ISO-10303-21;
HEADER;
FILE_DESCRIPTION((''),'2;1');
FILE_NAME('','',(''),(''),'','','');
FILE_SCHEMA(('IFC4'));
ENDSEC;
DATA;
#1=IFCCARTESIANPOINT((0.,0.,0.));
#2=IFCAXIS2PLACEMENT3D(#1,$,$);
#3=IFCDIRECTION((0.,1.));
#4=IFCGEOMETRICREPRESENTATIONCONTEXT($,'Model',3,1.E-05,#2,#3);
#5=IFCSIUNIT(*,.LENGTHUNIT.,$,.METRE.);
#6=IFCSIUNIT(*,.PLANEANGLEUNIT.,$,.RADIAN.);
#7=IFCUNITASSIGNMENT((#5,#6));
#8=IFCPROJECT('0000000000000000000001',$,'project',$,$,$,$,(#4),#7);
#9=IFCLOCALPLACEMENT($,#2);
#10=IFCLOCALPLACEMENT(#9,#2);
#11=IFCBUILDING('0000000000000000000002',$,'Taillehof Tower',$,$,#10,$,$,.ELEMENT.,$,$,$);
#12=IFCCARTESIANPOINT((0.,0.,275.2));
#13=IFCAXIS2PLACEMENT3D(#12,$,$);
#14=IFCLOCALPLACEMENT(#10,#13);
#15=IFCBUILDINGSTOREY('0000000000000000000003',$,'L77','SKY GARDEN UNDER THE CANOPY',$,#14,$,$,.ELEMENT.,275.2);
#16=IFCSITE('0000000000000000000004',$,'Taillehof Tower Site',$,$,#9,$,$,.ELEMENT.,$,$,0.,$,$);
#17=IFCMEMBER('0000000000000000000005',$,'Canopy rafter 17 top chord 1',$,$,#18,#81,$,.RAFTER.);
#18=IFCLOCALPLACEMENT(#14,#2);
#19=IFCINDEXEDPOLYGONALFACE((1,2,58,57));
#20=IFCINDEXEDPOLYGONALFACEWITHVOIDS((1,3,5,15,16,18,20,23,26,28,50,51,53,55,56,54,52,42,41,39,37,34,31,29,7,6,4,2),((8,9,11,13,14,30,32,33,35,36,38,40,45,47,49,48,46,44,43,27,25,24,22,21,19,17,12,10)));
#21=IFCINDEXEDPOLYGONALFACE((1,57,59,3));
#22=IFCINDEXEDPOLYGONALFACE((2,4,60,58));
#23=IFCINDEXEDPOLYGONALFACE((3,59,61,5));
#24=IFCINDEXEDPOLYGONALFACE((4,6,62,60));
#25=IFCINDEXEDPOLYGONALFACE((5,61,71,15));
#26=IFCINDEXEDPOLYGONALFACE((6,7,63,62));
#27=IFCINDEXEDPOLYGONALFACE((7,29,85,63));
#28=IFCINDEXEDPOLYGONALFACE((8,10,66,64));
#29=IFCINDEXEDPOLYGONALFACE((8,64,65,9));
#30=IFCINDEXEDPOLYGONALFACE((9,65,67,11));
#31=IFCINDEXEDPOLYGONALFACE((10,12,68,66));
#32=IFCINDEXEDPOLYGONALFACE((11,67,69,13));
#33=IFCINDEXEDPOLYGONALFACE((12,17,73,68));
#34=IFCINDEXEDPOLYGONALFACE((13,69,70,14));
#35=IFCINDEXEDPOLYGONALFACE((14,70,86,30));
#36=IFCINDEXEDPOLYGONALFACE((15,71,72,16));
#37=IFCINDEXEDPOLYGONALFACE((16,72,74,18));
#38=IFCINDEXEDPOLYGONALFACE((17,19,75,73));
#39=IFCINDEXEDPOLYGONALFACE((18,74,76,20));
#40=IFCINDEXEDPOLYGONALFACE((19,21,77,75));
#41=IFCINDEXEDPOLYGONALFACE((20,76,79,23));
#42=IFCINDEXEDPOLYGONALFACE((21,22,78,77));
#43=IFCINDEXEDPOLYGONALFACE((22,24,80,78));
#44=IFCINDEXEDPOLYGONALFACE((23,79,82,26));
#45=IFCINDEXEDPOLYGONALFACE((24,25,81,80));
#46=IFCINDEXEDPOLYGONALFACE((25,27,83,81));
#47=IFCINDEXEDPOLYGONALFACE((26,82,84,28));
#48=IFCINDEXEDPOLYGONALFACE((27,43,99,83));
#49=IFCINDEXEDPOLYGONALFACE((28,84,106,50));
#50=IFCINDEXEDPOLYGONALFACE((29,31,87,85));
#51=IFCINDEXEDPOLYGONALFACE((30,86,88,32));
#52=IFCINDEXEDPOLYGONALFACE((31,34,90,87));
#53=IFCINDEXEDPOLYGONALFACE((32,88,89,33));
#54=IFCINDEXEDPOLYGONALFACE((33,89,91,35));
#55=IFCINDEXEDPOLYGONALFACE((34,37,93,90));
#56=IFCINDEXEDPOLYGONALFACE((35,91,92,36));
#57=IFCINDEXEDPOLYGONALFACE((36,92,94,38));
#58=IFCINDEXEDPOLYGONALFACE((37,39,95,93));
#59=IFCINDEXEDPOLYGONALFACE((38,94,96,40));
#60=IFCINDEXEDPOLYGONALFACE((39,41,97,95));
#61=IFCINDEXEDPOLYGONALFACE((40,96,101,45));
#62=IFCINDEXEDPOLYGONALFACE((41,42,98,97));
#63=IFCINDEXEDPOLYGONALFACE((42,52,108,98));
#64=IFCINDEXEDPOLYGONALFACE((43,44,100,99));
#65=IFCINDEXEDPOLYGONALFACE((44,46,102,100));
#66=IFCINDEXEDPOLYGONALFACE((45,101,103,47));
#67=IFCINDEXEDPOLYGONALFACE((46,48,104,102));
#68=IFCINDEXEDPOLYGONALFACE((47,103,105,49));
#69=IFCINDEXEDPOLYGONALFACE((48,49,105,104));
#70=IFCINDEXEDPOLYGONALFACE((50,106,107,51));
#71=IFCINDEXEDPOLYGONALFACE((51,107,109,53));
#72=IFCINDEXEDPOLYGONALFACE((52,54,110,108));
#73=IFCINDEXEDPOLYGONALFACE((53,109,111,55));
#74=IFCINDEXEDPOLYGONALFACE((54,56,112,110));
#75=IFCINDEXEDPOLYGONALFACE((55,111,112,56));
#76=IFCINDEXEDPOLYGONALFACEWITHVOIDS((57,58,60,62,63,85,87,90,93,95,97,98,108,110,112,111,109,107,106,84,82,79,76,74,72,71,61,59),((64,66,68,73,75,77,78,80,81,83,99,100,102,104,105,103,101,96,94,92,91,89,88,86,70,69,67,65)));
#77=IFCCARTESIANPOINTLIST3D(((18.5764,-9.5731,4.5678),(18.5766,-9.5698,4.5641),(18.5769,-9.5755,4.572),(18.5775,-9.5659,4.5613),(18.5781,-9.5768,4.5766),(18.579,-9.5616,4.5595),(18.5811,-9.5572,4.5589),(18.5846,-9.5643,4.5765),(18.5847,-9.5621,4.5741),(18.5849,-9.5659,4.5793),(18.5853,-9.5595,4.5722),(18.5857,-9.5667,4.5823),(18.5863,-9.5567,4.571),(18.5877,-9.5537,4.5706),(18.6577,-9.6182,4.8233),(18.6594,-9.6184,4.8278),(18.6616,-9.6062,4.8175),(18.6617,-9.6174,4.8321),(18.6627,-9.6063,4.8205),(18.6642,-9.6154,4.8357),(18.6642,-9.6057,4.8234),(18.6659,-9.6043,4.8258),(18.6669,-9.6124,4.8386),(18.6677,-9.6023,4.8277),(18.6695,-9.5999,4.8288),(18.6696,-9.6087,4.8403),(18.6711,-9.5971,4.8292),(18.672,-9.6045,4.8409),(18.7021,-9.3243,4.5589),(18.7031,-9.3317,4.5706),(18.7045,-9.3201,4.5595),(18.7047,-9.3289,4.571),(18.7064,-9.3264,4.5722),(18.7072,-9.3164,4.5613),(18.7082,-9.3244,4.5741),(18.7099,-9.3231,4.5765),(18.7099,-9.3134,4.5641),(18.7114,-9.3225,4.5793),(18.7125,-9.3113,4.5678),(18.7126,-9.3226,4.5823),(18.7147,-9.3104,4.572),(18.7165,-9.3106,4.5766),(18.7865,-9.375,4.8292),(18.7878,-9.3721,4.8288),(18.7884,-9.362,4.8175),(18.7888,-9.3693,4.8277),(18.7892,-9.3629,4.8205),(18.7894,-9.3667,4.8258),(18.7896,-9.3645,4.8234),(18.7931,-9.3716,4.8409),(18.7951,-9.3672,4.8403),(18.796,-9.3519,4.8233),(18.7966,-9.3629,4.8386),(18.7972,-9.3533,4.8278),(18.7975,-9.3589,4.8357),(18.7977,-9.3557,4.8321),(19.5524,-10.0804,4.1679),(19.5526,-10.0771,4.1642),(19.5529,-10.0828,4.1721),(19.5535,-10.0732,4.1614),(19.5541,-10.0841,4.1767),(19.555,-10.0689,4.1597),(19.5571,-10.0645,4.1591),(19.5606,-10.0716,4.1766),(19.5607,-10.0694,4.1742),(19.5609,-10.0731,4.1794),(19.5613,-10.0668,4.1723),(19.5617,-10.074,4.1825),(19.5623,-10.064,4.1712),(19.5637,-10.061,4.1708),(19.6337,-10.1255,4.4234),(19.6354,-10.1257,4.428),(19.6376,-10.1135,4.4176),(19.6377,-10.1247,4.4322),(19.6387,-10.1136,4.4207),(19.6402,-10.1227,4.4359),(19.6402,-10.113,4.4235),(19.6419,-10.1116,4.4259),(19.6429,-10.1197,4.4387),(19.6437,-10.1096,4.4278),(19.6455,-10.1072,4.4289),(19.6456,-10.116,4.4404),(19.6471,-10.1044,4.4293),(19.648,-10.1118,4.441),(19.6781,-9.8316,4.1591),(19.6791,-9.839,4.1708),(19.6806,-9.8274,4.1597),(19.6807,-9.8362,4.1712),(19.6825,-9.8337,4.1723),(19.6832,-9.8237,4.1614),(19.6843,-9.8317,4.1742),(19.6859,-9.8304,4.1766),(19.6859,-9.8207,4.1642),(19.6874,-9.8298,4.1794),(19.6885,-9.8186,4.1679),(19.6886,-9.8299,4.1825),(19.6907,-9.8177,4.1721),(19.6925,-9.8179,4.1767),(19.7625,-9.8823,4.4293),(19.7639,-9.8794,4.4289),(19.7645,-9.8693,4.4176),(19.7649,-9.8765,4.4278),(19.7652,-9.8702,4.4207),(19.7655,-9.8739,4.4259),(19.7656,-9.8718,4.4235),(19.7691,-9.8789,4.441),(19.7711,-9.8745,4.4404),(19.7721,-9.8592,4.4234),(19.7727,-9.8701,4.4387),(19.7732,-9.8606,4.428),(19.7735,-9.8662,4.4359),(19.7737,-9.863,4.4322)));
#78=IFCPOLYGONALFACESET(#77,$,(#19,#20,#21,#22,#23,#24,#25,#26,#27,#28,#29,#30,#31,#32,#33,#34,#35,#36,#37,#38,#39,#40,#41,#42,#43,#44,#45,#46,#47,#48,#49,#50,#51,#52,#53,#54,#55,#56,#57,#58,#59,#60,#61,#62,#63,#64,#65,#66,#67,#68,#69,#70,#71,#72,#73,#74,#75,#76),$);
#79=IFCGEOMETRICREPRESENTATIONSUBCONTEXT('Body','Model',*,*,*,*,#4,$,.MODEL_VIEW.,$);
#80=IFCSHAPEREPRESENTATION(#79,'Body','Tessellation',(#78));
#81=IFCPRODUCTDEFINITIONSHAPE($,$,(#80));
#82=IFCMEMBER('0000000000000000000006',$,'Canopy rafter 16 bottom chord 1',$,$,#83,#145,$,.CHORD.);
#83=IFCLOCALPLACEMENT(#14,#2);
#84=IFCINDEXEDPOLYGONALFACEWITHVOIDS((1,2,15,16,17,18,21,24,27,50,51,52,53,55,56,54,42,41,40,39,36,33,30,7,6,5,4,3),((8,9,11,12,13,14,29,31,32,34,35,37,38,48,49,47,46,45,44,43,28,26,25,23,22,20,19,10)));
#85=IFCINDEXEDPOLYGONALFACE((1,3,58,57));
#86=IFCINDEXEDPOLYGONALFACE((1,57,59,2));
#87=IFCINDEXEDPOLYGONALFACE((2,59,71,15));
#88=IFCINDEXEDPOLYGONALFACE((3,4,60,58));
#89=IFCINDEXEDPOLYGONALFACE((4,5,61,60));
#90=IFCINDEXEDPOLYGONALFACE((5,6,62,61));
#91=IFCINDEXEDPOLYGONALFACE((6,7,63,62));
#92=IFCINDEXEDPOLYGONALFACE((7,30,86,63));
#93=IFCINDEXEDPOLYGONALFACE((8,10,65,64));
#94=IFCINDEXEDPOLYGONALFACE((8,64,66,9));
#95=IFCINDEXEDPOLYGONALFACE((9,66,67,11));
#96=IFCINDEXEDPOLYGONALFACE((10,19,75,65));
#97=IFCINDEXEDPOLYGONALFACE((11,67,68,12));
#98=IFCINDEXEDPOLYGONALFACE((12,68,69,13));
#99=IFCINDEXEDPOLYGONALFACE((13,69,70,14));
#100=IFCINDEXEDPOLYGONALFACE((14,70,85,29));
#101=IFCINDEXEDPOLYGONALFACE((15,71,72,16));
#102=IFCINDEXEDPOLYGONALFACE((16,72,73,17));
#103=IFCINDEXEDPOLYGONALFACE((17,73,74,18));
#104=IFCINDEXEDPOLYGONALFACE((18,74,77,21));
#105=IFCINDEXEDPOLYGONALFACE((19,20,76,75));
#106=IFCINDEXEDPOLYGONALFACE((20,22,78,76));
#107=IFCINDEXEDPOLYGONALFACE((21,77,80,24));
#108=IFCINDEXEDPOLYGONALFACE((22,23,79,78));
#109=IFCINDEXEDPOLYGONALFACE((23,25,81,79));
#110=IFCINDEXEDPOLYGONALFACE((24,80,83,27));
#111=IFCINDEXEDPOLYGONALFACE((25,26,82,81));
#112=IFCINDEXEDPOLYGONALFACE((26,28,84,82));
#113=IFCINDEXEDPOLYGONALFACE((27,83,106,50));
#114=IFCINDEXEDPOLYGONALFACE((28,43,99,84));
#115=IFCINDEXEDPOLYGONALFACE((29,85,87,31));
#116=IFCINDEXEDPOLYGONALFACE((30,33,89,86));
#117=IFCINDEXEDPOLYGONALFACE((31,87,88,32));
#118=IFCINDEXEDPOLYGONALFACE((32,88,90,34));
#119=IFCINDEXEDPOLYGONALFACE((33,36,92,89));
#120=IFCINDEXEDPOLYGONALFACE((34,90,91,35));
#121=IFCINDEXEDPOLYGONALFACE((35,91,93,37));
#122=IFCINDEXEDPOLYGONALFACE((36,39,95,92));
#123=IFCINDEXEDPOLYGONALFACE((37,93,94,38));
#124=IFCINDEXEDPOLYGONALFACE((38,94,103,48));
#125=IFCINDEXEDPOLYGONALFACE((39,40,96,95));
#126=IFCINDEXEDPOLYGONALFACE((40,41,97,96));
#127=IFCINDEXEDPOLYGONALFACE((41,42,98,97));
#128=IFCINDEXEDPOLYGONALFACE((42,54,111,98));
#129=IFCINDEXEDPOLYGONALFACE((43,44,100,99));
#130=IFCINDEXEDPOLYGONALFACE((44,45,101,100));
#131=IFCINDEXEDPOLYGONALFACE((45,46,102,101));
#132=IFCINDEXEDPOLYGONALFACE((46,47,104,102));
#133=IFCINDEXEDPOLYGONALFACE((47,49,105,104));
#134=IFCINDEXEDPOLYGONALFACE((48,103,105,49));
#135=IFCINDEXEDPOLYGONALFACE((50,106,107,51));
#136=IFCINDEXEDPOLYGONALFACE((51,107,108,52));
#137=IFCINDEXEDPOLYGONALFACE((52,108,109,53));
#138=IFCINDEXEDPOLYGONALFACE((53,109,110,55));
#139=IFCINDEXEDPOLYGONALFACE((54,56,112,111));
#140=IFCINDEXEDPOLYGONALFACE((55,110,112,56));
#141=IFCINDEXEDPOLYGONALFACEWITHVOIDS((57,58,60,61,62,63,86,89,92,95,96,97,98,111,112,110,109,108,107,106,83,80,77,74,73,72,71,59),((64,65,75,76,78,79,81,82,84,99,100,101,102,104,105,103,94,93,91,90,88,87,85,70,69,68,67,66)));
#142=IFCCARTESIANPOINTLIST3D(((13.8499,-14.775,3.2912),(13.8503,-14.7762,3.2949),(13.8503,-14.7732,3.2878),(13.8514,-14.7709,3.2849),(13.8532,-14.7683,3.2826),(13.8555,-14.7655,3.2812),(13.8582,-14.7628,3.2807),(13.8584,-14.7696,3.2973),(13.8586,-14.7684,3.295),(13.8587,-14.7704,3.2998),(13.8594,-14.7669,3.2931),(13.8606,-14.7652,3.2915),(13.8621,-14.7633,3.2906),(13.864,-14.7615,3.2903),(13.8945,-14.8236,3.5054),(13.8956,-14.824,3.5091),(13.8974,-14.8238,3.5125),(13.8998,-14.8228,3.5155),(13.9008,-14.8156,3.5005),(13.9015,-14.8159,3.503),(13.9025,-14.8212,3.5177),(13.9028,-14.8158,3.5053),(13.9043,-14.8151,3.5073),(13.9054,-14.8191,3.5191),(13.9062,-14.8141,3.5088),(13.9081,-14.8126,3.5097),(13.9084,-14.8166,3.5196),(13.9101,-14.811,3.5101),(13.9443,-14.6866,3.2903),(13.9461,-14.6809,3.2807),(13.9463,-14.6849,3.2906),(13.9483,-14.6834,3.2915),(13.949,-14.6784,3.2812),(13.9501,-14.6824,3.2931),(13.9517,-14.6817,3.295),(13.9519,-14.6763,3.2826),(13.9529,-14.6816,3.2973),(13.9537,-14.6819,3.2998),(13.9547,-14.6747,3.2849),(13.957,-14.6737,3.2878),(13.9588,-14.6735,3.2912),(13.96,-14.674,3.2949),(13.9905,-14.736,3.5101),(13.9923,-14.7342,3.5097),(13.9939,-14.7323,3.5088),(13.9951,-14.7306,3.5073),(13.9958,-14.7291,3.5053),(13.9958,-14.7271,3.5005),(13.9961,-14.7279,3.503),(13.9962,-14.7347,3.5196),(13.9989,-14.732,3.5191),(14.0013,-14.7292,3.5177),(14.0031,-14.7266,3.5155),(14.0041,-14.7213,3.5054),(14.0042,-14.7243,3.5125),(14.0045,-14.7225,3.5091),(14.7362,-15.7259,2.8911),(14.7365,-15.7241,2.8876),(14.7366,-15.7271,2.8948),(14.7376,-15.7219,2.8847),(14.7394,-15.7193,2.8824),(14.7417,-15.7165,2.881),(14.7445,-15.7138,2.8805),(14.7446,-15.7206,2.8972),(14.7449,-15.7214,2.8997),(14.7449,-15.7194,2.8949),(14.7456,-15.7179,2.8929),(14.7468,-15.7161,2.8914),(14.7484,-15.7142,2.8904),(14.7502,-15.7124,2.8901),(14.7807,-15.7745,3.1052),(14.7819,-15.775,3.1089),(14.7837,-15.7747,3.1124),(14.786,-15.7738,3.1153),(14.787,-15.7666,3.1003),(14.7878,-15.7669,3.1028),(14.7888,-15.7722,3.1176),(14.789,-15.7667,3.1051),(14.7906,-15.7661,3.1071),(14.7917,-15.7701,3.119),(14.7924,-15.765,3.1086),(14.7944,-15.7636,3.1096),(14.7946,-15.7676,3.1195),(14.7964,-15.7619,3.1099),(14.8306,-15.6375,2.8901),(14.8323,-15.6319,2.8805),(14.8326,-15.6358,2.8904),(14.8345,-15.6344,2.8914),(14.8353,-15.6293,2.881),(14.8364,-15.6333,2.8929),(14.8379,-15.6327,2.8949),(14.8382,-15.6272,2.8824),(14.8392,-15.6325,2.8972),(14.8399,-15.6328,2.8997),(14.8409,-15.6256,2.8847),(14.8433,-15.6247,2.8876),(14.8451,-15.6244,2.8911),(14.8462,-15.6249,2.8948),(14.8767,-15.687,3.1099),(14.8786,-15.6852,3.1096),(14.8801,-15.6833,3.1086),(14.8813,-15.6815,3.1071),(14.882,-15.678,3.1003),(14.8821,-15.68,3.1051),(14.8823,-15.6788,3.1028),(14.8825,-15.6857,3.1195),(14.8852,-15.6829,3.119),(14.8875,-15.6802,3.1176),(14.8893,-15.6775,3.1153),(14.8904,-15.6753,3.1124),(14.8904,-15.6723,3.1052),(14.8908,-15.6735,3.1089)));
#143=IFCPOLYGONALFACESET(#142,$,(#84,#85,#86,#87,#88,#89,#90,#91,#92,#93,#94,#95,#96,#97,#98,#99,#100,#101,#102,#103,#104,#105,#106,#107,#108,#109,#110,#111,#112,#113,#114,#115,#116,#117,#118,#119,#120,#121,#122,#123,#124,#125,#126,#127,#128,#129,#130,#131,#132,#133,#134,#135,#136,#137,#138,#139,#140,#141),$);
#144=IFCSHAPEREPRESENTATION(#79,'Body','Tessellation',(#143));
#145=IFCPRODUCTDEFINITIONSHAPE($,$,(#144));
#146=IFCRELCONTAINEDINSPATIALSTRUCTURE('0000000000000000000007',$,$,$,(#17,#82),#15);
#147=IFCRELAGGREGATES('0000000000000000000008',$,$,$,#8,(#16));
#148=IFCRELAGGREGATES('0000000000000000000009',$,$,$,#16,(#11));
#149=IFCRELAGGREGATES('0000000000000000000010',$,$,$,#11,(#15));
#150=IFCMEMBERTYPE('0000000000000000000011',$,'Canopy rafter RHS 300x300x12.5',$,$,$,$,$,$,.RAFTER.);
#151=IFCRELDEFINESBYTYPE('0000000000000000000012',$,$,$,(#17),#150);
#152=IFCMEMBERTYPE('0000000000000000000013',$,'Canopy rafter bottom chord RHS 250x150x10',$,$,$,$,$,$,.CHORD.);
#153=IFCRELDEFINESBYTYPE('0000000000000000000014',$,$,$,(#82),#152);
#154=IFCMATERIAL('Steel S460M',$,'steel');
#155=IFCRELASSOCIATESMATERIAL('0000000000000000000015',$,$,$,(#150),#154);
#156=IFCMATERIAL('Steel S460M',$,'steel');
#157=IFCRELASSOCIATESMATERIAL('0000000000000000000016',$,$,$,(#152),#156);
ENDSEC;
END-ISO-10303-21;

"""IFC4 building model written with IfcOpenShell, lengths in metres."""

from ifc_helpers import new_model, si_unit, direction, frame, origin, origin_2d, place, context, subcontext, project, spatial, hollow_rectangle, extrude, material, material_profile, profile_set, type_object, element, save


model = new_model("IFC4")

# Units and contexts
model_context = context("Model", 3, precision=1e-05, world=origin(), true_north=direction((0.0, 1.0)))
body_context = subcontext(model_context, "Body", "Model", "MODEL_VIEW")
ifc_project = project(units=[si_unit("LENGTHUNIT", "METRE"), si_unit("PLANEANGLEUNIT", "RADIAN")], contexts=[model_context])

# Site, building, storey
site_placement = place(None, origin())
site = spatial("IfcSite", under=ifc_project, at=site_placement, Name="Taillehof Tower Site", CompositionType="ELEMENT", RefElevation=0.0)
building_placement = place(site_placement, origin())
building = spatial("IfcBuilding", under=site, at=building_placement, Name="Taillehof Tower", CompositionType="ELEMENT")
storey_placement = place(building_placement, frame((0.0, 0.0, 275.2)))
storey = spatial("IfcBuildingStorey", under=building, at=storey_placement, Name="L77", Description="SKY GARDEN UNDER THE CANOPY", CompositionType="ELEMENT", Elevation=275.2)

# Members
ifc_material_1 = material(Name="Steel S460M", Category="steel")
ifc_material_profile_1 = material_profile(ifc_material_1, hollow_rectangle(XDim=0.3, YDim=0.3, WallThickness=0.0125, InnerFilletRadius=0.0125, OuterFilletRadius=0.0188, at=origin_2d()), Name="RHS 300x300x12.5")
ifc_profile_set_1 = profile_set([ifc_material_profile_1], Name="Steel S460M")
member_type_1 = type_object("IfcMemberType", Name="Canopy rafter RHS 300x300x12.5", PredefinedType="RAFTER", material=ifc_profile_set_1)
member_1_placement = place(storey_placement, frame((19.6631, -9.9717, 4.3), z_axis=(-0.83391, 0.433433, 0.341657), x_axis=(-0.461185, -0.887304, 0.0)))
element("IfcMember", 1, at=member_1_placement, inside=storey, type_object=member_type_1, Name="Canopy rafter 17 top chord 1", PredefinedType="RAFTER", context=body_context, shape_type="SweptSolid", body=[
    extrude(hollow_rectangle(XDim=0.3, YDim=0.3, WallThickness=0.0125, InnerFilletRadius=0.0125, OuterFilletRadius=0.0188, at=origin_2d()), origin(), (0.0, 0.0, 1.0), 1.1704),
])
ifc_material_2 = material(Name="Steel S460M", Category="steel")
ifc_material_profile_2 = material_profile(ifc_material_2, hollow_rectangle(XDim=0.1499, YDim=0.25, WallThickness=0.01, InnerFilletRadius=0.01, OuterFilletRadius=0.0149, at=origin_2d()), Name="RHS 250x150x10")
ifc_profile_set_2 = profile_set([ifc_material_profile_2], Name="Steel S460M")
member_type_2 = type_object("IfcMemberType", Name="Canopy rafter bottom chord RHS 250x150x10", PredefinedType="CHORD", material=ifc_profile_set_2)
for number, where, z_axis, x_axis, name in (
    (2, (14.8135, -15.6997, 3.0), (-0.651607, 0.699177, 0.294211), (-0.731555, -0.681783, 0.0), "Canopy rafter 16 bottom chord 1"),
):
    element("IfcMember", number, at=place(storey_placement, frame(where, z_axis=z_axis, x_axis=x_axis)), inside=storey, type_object=member_type_2, Name=name, PredefinedType="CHORD", context=body_context, shape_type="SweptSolid", body=[
        extrude(hollow_rectangle(XDim=0.1499, YDim=0.25, WallThickness=0.01, InnerFilletRadius=0.01, OuterFilletRadius=0.0149, at=origin_2d()), origin(), (0.0, 0.0, 1.0), 1.3601),
    ])

save(model, "model.ifc")
